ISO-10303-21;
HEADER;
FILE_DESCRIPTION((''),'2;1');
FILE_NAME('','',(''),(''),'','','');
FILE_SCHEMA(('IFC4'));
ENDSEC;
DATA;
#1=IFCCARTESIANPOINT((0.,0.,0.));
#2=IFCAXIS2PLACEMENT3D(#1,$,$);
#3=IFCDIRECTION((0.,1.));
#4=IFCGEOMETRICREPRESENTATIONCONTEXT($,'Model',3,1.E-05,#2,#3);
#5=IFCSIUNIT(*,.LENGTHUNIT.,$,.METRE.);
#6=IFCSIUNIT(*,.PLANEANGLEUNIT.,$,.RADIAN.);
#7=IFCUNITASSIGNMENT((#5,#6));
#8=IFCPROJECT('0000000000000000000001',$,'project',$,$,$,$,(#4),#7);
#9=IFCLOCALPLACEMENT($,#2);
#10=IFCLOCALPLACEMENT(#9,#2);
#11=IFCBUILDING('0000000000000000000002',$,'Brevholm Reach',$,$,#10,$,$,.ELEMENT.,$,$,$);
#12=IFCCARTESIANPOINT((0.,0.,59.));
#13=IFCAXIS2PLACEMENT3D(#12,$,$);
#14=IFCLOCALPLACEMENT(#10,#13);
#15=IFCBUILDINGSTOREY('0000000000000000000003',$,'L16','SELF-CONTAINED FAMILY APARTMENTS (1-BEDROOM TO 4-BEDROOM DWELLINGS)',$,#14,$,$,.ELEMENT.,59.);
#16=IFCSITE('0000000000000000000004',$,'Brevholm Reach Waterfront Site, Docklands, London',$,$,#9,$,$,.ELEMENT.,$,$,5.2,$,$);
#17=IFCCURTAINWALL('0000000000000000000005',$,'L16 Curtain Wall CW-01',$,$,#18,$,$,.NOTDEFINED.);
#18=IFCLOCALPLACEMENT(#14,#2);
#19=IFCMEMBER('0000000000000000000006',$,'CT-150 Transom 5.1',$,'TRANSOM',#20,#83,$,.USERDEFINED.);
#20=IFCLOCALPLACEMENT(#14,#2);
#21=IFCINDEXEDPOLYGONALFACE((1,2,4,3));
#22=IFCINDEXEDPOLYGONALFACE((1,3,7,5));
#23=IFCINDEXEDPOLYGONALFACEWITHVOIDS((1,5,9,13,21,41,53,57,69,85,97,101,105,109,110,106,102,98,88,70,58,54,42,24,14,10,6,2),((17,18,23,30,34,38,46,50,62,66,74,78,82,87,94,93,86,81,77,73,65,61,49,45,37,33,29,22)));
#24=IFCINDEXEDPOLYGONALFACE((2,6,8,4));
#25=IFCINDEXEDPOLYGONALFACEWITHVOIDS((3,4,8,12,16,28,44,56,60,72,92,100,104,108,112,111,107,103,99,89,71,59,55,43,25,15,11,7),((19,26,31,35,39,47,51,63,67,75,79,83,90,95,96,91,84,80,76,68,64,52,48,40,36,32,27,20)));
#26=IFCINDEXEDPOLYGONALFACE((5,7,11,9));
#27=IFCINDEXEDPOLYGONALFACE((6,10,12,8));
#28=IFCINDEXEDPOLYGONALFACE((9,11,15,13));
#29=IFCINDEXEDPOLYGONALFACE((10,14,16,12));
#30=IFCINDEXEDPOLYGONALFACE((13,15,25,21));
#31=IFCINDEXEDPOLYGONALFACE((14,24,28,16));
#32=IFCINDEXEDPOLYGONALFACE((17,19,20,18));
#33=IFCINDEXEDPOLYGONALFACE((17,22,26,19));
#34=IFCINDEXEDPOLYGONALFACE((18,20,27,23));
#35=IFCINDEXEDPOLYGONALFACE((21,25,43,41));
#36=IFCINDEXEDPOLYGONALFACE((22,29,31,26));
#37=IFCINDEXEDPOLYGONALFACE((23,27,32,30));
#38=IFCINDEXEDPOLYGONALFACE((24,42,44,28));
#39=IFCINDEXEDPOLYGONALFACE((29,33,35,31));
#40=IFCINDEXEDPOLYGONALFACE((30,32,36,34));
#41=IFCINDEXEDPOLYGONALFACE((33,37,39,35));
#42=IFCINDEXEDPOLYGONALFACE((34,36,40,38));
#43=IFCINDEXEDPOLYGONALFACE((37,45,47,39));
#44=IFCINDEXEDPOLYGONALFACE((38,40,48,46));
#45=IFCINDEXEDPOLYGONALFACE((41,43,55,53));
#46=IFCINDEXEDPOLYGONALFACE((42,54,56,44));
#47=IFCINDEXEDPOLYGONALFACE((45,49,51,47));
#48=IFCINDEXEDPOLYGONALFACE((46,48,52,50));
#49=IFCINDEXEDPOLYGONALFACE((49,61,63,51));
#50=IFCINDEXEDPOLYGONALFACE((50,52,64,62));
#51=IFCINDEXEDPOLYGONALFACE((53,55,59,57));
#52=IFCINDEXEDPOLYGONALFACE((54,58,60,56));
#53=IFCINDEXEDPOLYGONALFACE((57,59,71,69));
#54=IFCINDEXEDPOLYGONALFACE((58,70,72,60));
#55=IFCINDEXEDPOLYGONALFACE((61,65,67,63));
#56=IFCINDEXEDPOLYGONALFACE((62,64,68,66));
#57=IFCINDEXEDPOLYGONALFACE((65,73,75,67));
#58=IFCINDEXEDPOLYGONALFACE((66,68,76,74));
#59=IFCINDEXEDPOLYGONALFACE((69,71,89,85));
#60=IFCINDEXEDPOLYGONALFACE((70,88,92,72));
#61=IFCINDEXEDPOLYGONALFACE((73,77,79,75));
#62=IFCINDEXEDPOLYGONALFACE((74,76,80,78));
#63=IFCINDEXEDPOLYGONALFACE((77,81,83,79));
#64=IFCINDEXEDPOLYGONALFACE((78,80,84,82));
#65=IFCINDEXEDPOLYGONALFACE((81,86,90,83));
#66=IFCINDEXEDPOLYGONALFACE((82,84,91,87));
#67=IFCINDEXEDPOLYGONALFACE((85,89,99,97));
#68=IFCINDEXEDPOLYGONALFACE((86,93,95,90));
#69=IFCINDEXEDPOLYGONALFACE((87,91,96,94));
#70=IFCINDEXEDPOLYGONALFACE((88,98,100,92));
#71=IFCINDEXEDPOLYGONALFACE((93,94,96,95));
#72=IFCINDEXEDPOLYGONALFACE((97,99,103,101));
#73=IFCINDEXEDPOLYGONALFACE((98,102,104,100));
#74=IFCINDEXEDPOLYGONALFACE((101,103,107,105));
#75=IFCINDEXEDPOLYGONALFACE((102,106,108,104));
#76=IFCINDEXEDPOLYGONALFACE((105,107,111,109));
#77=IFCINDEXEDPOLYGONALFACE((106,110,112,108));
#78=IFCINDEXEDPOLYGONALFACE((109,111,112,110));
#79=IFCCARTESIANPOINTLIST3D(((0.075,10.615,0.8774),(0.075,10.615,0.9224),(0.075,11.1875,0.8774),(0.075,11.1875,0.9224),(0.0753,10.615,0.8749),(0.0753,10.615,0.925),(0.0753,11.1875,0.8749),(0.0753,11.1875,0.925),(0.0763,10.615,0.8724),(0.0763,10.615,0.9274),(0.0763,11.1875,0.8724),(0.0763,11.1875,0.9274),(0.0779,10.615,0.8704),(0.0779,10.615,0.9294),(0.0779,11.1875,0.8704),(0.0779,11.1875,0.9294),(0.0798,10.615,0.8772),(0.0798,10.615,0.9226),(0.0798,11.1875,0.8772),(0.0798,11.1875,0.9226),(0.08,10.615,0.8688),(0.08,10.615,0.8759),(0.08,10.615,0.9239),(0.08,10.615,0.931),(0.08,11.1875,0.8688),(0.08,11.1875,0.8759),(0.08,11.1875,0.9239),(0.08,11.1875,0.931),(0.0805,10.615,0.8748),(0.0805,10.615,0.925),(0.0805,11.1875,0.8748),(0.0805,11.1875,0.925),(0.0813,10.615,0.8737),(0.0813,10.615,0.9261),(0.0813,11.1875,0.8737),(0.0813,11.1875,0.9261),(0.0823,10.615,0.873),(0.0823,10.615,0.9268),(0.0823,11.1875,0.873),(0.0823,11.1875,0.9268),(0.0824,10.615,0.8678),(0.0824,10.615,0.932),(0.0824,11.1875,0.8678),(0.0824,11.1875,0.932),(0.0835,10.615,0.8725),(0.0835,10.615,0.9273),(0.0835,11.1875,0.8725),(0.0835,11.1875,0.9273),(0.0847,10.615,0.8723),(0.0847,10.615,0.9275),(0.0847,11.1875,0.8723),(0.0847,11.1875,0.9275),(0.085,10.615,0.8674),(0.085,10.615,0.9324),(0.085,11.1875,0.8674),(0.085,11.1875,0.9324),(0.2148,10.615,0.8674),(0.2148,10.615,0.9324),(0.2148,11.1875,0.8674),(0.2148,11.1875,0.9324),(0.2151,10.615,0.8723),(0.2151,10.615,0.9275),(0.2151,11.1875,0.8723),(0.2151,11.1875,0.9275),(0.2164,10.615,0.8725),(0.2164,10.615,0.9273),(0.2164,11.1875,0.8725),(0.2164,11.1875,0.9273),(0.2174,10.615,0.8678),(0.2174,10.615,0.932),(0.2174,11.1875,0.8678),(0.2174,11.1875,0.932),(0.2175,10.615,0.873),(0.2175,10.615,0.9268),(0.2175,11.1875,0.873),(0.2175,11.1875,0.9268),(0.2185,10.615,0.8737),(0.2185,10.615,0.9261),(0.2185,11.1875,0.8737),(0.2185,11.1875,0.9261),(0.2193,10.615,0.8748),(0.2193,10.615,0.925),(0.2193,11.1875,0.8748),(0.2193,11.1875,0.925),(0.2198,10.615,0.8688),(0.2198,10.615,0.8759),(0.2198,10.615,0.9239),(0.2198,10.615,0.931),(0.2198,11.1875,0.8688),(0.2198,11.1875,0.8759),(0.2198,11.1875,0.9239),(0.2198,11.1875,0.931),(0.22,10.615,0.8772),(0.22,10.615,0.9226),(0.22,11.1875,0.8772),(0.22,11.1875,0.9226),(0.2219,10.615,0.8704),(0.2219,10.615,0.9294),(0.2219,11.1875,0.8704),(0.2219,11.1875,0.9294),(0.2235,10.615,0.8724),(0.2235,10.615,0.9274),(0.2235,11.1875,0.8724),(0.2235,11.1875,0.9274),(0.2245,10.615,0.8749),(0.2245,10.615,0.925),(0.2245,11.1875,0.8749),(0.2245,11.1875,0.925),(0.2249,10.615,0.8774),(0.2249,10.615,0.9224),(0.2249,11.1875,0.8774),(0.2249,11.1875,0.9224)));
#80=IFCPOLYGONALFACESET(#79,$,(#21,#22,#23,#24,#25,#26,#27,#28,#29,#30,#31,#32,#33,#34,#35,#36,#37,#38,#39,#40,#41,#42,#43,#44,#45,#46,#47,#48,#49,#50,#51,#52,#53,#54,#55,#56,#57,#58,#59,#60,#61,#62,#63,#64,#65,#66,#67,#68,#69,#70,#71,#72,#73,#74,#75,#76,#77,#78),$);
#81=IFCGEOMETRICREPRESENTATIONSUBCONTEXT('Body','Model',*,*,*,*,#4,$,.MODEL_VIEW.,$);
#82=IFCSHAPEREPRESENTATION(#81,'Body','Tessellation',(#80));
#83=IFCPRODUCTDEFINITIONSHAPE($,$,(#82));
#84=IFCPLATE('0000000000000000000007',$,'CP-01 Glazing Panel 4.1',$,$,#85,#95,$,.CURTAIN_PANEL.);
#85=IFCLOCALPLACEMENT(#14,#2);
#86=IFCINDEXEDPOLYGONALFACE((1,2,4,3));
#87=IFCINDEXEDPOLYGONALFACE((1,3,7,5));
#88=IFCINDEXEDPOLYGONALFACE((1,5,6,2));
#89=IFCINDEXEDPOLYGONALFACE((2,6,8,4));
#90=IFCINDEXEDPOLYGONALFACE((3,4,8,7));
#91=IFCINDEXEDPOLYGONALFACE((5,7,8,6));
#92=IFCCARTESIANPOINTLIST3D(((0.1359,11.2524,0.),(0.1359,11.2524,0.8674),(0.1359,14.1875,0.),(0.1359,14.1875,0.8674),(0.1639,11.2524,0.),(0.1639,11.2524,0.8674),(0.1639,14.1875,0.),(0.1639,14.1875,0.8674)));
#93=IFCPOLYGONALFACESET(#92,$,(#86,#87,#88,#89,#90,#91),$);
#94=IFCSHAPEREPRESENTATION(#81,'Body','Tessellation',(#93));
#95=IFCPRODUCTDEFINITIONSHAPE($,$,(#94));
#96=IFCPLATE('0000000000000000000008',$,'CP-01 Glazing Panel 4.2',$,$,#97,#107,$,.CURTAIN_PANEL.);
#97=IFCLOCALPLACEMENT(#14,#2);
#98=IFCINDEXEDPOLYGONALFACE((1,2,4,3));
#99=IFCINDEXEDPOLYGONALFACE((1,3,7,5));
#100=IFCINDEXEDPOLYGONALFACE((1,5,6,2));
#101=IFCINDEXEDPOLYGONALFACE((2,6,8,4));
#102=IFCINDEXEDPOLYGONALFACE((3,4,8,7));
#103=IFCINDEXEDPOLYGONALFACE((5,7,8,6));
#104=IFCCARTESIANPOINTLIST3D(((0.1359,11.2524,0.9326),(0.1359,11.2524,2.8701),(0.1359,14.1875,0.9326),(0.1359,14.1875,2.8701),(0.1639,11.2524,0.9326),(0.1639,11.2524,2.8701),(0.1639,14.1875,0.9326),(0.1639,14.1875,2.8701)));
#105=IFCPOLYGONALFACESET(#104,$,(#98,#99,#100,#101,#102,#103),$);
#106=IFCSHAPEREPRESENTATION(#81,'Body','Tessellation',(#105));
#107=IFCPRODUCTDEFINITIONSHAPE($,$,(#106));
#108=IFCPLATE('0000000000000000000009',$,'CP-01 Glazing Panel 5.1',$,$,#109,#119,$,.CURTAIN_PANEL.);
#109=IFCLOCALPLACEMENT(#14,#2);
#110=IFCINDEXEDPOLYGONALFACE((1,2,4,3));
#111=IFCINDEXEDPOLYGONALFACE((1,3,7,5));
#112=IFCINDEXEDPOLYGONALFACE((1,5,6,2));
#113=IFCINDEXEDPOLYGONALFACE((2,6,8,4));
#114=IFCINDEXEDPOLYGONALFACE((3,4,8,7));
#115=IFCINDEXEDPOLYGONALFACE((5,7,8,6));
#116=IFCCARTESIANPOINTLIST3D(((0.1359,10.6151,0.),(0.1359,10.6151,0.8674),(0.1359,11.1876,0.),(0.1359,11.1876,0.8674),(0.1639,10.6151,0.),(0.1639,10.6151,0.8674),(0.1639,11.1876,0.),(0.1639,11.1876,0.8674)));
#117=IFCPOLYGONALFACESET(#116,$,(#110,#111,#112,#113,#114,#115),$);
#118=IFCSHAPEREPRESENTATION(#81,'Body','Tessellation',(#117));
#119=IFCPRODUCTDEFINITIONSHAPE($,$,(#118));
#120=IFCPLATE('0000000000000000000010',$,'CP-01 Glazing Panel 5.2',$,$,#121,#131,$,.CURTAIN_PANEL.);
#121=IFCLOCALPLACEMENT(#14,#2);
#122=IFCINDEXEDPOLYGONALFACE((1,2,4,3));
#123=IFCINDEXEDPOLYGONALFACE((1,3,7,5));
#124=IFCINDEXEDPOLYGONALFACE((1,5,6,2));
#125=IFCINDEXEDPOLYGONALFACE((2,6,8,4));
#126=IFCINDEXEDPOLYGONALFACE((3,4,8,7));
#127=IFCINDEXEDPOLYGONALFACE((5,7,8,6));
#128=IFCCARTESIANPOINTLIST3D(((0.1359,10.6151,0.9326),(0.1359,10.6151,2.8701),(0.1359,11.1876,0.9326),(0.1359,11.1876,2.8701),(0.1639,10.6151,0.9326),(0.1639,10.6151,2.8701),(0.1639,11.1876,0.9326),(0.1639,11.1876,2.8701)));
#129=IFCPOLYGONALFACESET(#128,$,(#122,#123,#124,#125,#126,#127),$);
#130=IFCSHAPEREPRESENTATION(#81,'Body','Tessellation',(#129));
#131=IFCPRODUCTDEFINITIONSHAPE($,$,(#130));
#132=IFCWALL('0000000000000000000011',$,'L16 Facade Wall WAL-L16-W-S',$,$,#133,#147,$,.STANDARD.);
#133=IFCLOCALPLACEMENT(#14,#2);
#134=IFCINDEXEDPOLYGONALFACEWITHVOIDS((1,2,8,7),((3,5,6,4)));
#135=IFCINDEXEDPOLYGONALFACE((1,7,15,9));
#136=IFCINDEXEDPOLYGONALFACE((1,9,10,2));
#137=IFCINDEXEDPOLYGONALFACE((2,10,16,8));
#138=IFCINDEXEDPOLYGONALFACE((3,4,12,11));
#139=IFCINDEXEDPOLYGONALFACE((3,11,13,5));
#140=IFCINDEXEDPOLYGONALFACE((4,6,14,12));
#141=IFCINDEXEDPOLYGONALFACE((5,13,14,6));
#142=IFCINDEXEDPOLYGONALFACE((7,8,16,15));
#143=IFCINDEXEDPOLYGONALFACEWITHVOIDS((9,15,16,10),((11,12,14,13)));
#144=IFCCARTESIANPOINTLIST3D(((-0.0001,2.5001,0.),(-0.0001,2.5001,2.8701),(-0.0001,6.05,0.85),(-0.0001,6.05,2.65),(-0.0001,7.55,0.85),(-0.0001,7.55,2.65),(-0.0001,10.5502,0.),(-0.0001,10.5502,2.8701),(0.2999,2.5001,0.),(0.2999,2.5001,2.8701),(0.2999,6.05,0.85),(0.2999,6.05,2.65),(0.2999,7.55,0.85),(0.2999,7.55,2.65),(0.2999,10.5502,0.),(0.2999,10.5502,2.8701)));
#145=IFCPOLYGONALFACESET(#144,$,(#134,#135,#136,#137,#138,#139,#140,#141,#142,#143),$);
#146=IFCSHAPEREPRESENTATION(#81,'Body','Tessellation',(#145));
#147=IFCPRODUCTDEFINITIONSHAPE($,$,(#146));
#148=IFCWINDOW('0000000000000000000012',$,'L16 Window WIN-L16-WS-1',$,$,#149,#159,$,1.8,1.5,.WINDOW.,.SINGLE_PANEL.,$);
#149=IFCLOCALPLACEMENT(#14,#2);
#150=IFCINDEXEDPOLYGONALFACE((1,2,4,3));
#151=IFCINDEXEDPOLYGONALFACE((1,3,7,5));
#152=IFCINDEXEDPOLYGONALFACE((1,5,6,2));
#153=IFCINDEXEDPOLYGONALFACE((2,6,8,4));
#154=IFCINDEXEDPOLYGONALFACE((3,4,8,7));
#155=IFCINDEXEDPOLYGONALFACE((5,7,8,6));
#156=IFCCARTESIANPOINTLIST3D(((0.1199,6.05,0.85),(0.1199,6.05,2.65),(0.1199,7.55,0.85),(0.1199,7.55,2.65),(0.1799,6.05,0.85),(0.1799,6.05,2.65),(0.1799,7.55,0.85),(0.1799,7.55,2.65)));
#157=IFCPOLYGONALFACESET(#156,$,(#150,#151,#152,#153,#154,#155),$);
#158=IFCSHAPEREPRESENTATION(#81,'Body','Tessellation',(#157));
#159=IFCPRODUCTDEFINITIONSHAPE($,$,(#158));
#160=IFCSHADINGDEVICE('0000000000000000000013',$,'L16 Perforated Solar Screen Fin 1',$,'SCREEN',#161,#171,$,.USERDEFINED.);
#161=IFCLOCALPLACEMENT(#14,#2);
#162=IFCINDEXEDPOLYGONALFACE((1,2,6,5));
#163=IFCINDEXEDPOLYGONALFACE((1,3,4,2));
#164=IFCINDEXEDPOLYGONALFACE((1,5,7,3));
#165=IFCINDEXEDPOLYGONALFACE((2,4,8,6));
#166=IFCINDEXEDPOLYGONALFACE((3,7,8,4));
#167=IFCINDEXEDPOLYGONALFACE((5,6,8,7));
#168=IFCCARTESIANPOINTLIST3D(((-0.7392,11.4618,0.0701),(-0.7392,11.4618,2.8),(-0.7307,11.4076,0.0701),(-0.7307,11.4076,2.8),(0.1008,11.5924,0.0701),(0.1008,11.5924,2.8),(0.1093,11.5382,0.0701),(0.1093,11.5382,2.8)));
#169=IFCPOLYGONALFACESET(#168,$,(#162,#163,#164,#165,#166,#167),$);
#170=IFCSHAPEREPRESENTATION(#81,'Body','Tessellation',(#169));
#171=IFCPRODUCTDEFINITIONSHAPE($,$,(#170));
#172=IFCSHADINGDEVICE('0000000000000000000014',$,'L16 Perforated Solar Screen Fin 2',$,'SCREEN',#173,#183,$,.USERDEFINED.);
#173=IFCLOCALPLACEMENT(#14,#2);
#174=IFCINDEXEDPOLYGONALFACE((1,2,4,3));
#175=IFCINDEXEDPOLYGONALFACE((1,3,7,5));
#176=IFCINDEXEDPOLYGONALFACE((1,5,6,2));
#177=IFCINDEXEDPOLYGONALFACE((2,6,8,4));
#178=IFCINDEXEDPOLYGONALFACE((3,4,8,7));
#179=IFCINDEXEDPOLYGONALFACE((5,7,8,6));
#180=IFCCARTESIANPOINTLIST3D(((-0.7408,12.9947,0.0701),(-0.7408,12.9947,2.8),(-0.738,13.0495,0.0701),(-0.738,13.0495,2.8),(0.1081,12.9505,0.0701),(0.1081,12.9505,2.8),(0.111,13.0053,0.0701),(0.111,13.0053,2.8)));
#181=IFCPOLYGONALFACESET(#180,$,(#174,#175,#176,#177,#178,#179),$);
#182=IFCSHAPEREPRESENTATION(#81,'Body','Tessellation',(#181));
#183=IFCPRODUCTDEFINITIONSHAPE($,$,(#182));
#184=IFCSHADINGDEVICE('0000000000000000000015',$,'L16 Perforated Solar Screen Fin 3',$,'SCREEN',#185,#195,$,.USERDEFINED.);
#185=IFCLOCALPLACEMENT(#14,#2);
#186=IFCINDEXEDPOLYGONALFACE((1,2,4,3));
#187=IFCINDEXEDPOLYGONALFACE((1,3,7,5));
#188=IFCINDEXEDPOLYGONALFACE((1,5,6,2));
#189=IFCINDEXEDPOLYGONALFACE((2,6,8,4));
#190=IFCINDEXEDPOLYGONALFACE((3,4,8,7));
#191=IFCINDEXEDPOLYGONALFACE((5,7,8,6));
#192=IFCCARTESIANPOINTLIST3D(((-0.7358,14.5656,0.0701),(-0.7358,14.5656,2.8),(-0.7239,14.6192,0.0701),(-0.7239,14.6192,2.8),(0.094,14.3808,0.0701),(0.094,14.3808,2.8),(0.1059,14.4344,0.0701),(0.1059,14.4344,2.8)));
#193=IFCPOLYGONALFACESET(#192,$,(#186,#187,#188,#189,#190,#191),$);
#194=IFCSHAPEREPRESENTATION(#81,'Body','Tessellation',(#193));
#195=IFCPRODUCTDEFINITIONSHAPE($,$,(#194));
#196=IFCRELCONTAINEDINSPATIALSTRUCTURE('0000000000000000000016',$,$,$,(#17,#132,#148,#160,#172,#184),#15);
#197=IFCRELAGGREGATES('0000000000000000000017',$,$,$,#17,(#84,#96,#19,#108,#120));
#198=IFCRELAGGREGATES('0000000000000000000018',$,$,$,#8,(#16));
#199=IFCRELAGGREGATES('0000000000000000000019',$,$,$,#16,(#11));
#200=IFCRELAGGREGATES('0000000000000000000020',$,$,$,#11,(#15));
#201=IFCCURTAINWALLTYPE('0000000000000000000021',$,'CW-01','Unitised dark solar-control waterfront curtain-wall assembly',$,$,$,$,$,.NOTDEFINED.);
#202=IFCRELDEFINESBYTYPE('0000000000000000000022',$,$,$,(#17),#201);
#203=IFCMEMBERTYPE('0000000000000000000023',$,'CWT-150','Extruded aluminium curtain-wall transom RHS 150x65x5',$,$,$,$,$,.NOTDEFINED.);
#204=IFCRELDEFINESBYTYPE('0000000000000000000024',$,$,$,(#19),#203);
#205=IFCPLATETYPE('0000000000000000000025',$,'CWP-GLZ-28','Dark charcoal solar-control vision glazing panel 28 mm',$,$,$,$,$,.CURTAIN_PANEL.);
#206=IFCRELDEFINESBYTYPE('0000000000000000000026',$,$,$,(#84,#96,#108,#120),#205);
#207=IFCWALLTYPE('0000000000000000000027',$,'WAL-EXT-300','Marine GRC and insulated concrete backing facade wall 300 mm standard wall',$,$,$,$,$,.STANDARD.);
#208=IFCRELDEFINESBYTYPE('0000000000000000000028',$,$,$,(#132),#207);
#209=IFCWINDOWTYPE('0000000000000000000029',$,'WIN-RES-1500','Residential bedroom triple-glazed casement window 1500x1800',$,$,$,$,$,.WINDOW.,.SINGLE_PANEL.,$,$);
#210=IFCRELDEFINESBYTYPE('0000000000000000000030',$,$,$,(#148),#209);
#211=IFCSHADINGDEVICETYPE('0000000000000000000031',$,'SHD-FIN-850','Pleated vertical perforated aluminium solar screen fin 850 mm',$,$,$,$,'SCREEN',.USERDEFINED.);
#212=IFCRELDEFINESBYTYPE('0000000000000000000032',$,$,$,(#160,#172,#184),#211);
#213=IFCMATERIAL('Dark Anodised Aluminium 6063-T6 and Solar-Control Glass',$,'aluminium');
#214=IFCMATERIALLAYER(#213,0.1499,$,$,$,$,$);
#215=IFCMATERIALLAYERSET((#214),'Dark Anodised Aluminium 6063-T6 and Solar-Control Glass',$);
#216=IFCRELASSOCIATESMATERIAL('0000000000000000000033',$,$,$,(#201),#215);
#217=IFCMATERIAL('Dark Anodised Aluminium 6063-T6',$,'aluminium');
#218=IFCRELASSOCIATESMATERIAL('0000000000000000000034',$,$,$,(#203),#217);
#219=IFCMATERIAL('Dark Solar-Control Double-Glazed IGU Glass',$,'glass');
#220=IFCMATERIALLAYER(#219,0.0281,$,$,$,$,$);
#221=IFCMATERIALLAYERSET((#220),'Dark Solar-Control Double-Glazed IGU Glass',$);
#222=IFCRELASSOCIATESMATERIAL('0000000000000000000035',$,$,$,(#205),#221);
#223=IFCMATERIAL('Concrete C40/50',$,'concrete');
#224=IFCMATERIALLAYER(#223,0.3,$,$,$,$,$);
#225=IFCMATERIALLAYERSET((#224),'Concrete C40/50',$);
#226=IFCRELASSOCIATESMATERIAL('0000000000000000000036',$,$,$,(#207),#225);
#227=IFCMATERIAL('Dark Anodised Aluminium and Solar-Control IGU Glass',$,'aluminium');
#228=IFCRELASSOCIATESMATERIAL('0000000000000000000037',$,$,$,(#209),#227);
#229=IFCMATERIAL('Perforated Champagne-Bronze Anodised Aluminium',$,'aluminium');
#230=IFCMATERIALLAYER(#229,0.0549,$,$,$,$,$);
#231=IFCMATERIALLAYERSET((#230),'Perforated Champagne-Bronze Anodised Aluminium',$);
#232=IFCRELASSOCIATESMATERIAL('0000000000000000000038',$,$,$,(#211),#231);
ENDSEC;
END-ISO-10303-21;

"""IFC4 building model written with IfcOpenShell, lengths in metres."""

from ifc_helpers import new_model, si_unit, direction, frame, frame_2d, origin, origin_2d, place, context, subcontext, project, spatial, rectangle, hollow_rectangle, extrude, material, layer, layer_set, material_profile, profile_set, type_object, element, fill, aggregate, save


model = new_model("IFC4")

# Units and contexts
model_context = context("Model", 3, precision=1e-05, world=origin(), true_north=direction((0.0, 1.0)))
body_context = subcontext(model_context, "Body", "Model", "MODEL_VIEW")
ifc_project = project(units=[si_unit("LENGTHUNIT", "METRE"), si_unit("PLANEANGLEUNIT", "RADIAN")], contexts=[model_context])

# Site, building, storey
site_placement = place(None, origin())
site = spatial("IfcSite", under=ifc_project, at=site_placement, Name="Brevholm Reach Waterfront Site, Docklands, London", CompositionType="ELEMENT", RefElevation=5.2)
building_placement = place(site_placement, origin())
building = spatial("IfcBuilding", under=site, at=building_placement, Name="Brevholm Reach", CompositionType="ELEMENT")
storey_placement = place(building_placement, frame((0.0, 0.0, 59.0)))
storey = spatial("IfcBuildingStorey", under=building, at=storey_placement, Name="L16", Description="SELF-CONTAINED FAMILY APARTMENTS (1-BEDROOM TO 4-BEDROOM DWELLINGS)", CompositionType="ELEMENT", Elevation=59.0)

# Curtain wall, member, plates
ifc_material_1 = material(Name="Dark Anodised Aluminium 6063-T6 and Solar-Control Glass", Category="aluminium")
ifc_layer_1 = layer(ifc_material_1, 0.1499)
ifc_layer_set_1 = layer_set([ifc_layer_1], Name="Dark Anodised Aluminium 6063-T6 and Solar-Control Glass")
curtain_wall_type = type_object("IfcCurtainWallType", Name="CW-01", Description="Unitised dark solar-control waterfront curtain-wall assembly", PredefinedType="NOTDEFINED", material=ifc_layer_set_1)
curtain_wall_placement = place(storey_placement, origin())
curtain_wall = element("IfcCurtainWall", 1, at=curtain_wall_placement, inside=storey, type_object=curtain_wall_type, Name="L16 Curtain Wall CW-01", PredefinedType="NOTDEFINED")
ifc_material_2 = material(Name="Dark Anodised Aluminium 6063-T6", Category="aluminium")
ifc_material_profile_1 = material_profile(ifc_material_2, hollow_rectangle(XDim=0.0649, YDim=0.1499, WallThickness=0.0049, InnerFilletRadius=0.0049, OuterFilletRadius=0.01, at=origin_2d()), Name="RHS 150x65x5")
ifc_profile_set_1 = profile_set([ifc_material_profile_1], Name="Dark Anodised Aluminium 6063-T6")
member_type_1 = type_object("IfcMemberType", Name="CWT-150", Description="Extruded aluminium curtain-wall transom RHS 150x65x5", PredefinedType="NOTDEFINED", material=ifc_profile_set_1)
member_1_placement = place(storey_placement, frame((0.1499, 11.1875, 0.8999), z_axis=(0.0, -1.0, 0.0), x_axis=(0.0, 0.0, 1.0)))
member_1 = element("IfcMember", 2, at=member_1_placement, type_object=member_type_1, Name="CT-150 Transom 5.1", ObjectType="TRANSOM", PredefinedType="USERDEFINED", context=body_context, shape_type="SweptSolid", body=[
    extrude(hollow_rectangle(XDim=0.0649, YDim=0.1499, WallThickness=0.0049, InnerFilletRadius=0.0049, OuterFilletRadius=0.01, at=origin_2d()), origin(), (0.0, 0.0, 1.0), 0.5725),
])
ifc_material_3 = material(Name="Dark Solar-Control Double-Glazed IGU Glass", Category="glass")
ifc_layer_2 = layer(ifc_material_3, 0.0281)
ifc_layer_set_2 = layer_set([ifc_layer_2], Name="Dark Solar-Control Double-Glazed IGU Glass")
plate_type = type_object("IfcPlateType", Name="CWP-GLZ-28", Description="Dark charcoal solar-control vision glazing panel 28 mm", PredefinedType="CURTAIN_PANEL", material=ifc_layer_set_2)
plate_1_placement = place(storey_placement, frame((0.1499, 12.72, 0.0), z_axis=(0.0, 0.0, 1.0), x_axis=(0.0, -1.0, 0.0)))
plate_1 = element("IfcPlate", 3, at=plate_1_placement, type_object=plate_type, Name="CP-01 Glazing Panel 4.1", PredefinedType="CURTAIN_PANEL", context=body_context, shape_type="SweptSolid", body=[
    extrude(rectangle(XDim=2.9351, YDim=0.0281, at=origin_2d()), origin(), (0.0, 0.0, 1.0), 0.8674),
])
plate_2_placement = place(storey_placement, frame((0.1499, 12.72, 0.9326), z_axis=(0.0, 0.0, 1.0), x_axis=(0.0, -1.0, 0.0)))
plate_2 = element("IfcPlate", 4, at=plate_2_placement, type_object=plate_type, Name="CP-01 Glazing Panel 4.2", PredefinedType="CURTAIN_PANEL", context=body_context, shape_type="SweptSolid", body=[
    extrude(rectangle(XDim=2.9351, YDim=0.0281, at=origin_2d()), origin(), (0.0, 0.0, 1.0), 1.9375),
])
plate_3_placement = place(storey_placement, frame((0.1499, 10.9014, 0.0), z_axis=(0.0, 0.0, 1.0), x_axis=(0.0, -1.0, 0.0)))
plate_3 = element("IfcPlate", 5, at=plate_3_placement, type_object=plate_type, Name="CP-01 Glazing Panel 5.1", PredefinedType="CURTAIN_PANEL", context=body_context, shape_type="SweptSolid", body=[
    extrude(rectangle(XDim=0.5725, YDim=0.0281, at=origin_2d()), origin(), (0.0, 0.0, 1.0), 0.8674),
])
plate_4_placement = place(storey_placement, frame((0.1499, 10.9014, 0.9326), z_axis=(0.0, 0.0, 1.0), x_axis=(0.0, -1.0, 0.0)))
plate_4 = element("IfcPlate", 6, at=plate_4_placement, type_object=plate_type, Name="CP-01 Glazing Panel 5.2", PredefinedType="CURTAIN_PANEL", context=body_context, shape_type="SweptSolid", body=[
    extrude(rectangle(XDim=0.5725, YDim=0.0281, at=origin_2d()), origin(), (0.0, 0.0, 1.0), 1.9375),
])
aggregate(curtain_wall, [plate_1, plate_2, member_1, plate_3, plate_4])

# Wall, opening, window
ifc_material_4 = material(Name="Concrete C40/50", Category="concrete")
ifc_layer_3 = layer(ifc_material_4, 0.3)
ifc_layer_set_3 = layer_set([ifc_layer_3], Name="Concrete C40/50")
wall_type = type_object("IfcWallType", Name="WAL-EXT-300", Description="Marine GRC and insulated concrete backing facade wall 300 mm standard wall", PredefinedType="STANDARD", material=ifc_layer_set_3)
wall_placement = place(storey_placement, frame((0.1499, 10.55, 0.0), z_axis=(0.0, 0.0, 1.0), x_axis=(0.0, -1.0, 0.0)))
wall = element("IfcWall", 7, at=wall_placement, inside=storey, type_object=wall_type, Name="L16 Facade Wall WAL-L16-W-S", PredefinedType="STANDARD", context=body_context, shape_type="SweptSolid", body=[
    extrude(rectangle(XDim=8.05, YDim=0.3, at=frame_2d((4.0249, 0.0))), origin(), (0.0, 0.0, 1.0), 2.8701),
])
opening_placement = place(wall_placement, frame((3.0, 0.0, 0.8501)))
opening = element("IfcOpeningElement", 8, at=opening_placement, cuts=wall, PredefinedType="OPENING", context=body_context, shape_type="SweptSolid", body=[
    extrude(rectangle(XDim=1.5, YDim=1.8, at=frame_2d((0.75, 0.8999))), frame((0.0, 0.1599, 0.0), z_axis=(0.0, -1.0, 0.0), x_axis=(1.0, 0.0, 0.0)), (0.0, 0.0, 1.0), 0.3201),
])
ifc_material_5 = material(Name="Dark Anodised Aluminium and Solar-Control IGU Glass", Category="aluminium")
window_type = type_object("IfcWindowType", Name="WIN-RES-1500", Description="Residential bedroom triple-glazed casement window 1500x1800", PartitioningType="SINGLE_PANEL", PredefinedType="WINDOW", material=ifc_material_5)
window_placement = place(opening_placement, origin())
window = element("IfcWindow", 9, at=window_placement, inside=storey, type_object=window_type, Name="L16 Window WIN-L16-WS-1", OverallHeight=1.8, OverallWidth=1.5, PartitioningType="SINGLE_PANEL", PredefinedType="WINDOW", context=body_context, shape_type="SweptSolid", body=[
    extrude(rectangle(XDim=1.5, YDim=1.8, at=frame_2d((0.75, 0.8999))), frame((0.0, 0.03, 0.0), z_axis=(0.0, -1.0, 0.0), x_axis=(1.0, 0.0, 0.0)), (0.0, 0.0, 1.0), 0.0601),
])
fill(opening, window)

# Shading devices
ifc_material_6 = material(Name="Perforated Champagne-Bronze Anodised Aluminium", Category="aluminium")
ifc_layer_4 = layer(ifc_material_6, 0.0549)
ifc_layer_set_4 = layer_set([ifc_layer_4], Name="Perforated Champagne-Bronze Anodised Aluminium")
shading_device_type = type_object("IfcShadingDeviceType", Name="SHD-FIN-850", Description="Pleated vertical perforated aluminium solar screen fin 850 mm", ElementType="SCREEN", PredefinedType="USERDEFINED", material=ifc_layer_set_4)
for number, where, z_axis, x_axis, name in (
    (10, (-0.3149, 11.5, 0.0701), (0.0, 0.0, 1.0), (-0.988127, -0.153641, 0.0), "L16 Perforated Solar Screen Fin 1"),
    (11, (-0.3149, 13.0, 0.0701), (0.0, 0.0, 1.0), (-0.998649, 0.05197, 0.0), "L16 Perforated Solar Screen Fin 2"),
    (12, (-0.3149, 14.5, 0.0701), (0.0, 0.0, 1.0), (-0.976099, 0.217326, 0.0), "L16 Perforated Solar Screen Fin 3"),
):
    element("IfcShadingDevice", number, at=place(storey_placement, frame(where, z_axis=z_axis, x_axis=x_axis)), inside=storey, type_object=shading_device_type, Name=name, ObjectType="SCREEN", PredefinedType="USERDEFINED", context=body_context, shape_type="SweptSolid", body=[
        extrude(rectangle(XDim=0.8501, YDim=0.0549, at=origin_2d()), origin(), (0.0, 0.0, 1.0), 2.73),
    ])

save(model, "model.ifc")
